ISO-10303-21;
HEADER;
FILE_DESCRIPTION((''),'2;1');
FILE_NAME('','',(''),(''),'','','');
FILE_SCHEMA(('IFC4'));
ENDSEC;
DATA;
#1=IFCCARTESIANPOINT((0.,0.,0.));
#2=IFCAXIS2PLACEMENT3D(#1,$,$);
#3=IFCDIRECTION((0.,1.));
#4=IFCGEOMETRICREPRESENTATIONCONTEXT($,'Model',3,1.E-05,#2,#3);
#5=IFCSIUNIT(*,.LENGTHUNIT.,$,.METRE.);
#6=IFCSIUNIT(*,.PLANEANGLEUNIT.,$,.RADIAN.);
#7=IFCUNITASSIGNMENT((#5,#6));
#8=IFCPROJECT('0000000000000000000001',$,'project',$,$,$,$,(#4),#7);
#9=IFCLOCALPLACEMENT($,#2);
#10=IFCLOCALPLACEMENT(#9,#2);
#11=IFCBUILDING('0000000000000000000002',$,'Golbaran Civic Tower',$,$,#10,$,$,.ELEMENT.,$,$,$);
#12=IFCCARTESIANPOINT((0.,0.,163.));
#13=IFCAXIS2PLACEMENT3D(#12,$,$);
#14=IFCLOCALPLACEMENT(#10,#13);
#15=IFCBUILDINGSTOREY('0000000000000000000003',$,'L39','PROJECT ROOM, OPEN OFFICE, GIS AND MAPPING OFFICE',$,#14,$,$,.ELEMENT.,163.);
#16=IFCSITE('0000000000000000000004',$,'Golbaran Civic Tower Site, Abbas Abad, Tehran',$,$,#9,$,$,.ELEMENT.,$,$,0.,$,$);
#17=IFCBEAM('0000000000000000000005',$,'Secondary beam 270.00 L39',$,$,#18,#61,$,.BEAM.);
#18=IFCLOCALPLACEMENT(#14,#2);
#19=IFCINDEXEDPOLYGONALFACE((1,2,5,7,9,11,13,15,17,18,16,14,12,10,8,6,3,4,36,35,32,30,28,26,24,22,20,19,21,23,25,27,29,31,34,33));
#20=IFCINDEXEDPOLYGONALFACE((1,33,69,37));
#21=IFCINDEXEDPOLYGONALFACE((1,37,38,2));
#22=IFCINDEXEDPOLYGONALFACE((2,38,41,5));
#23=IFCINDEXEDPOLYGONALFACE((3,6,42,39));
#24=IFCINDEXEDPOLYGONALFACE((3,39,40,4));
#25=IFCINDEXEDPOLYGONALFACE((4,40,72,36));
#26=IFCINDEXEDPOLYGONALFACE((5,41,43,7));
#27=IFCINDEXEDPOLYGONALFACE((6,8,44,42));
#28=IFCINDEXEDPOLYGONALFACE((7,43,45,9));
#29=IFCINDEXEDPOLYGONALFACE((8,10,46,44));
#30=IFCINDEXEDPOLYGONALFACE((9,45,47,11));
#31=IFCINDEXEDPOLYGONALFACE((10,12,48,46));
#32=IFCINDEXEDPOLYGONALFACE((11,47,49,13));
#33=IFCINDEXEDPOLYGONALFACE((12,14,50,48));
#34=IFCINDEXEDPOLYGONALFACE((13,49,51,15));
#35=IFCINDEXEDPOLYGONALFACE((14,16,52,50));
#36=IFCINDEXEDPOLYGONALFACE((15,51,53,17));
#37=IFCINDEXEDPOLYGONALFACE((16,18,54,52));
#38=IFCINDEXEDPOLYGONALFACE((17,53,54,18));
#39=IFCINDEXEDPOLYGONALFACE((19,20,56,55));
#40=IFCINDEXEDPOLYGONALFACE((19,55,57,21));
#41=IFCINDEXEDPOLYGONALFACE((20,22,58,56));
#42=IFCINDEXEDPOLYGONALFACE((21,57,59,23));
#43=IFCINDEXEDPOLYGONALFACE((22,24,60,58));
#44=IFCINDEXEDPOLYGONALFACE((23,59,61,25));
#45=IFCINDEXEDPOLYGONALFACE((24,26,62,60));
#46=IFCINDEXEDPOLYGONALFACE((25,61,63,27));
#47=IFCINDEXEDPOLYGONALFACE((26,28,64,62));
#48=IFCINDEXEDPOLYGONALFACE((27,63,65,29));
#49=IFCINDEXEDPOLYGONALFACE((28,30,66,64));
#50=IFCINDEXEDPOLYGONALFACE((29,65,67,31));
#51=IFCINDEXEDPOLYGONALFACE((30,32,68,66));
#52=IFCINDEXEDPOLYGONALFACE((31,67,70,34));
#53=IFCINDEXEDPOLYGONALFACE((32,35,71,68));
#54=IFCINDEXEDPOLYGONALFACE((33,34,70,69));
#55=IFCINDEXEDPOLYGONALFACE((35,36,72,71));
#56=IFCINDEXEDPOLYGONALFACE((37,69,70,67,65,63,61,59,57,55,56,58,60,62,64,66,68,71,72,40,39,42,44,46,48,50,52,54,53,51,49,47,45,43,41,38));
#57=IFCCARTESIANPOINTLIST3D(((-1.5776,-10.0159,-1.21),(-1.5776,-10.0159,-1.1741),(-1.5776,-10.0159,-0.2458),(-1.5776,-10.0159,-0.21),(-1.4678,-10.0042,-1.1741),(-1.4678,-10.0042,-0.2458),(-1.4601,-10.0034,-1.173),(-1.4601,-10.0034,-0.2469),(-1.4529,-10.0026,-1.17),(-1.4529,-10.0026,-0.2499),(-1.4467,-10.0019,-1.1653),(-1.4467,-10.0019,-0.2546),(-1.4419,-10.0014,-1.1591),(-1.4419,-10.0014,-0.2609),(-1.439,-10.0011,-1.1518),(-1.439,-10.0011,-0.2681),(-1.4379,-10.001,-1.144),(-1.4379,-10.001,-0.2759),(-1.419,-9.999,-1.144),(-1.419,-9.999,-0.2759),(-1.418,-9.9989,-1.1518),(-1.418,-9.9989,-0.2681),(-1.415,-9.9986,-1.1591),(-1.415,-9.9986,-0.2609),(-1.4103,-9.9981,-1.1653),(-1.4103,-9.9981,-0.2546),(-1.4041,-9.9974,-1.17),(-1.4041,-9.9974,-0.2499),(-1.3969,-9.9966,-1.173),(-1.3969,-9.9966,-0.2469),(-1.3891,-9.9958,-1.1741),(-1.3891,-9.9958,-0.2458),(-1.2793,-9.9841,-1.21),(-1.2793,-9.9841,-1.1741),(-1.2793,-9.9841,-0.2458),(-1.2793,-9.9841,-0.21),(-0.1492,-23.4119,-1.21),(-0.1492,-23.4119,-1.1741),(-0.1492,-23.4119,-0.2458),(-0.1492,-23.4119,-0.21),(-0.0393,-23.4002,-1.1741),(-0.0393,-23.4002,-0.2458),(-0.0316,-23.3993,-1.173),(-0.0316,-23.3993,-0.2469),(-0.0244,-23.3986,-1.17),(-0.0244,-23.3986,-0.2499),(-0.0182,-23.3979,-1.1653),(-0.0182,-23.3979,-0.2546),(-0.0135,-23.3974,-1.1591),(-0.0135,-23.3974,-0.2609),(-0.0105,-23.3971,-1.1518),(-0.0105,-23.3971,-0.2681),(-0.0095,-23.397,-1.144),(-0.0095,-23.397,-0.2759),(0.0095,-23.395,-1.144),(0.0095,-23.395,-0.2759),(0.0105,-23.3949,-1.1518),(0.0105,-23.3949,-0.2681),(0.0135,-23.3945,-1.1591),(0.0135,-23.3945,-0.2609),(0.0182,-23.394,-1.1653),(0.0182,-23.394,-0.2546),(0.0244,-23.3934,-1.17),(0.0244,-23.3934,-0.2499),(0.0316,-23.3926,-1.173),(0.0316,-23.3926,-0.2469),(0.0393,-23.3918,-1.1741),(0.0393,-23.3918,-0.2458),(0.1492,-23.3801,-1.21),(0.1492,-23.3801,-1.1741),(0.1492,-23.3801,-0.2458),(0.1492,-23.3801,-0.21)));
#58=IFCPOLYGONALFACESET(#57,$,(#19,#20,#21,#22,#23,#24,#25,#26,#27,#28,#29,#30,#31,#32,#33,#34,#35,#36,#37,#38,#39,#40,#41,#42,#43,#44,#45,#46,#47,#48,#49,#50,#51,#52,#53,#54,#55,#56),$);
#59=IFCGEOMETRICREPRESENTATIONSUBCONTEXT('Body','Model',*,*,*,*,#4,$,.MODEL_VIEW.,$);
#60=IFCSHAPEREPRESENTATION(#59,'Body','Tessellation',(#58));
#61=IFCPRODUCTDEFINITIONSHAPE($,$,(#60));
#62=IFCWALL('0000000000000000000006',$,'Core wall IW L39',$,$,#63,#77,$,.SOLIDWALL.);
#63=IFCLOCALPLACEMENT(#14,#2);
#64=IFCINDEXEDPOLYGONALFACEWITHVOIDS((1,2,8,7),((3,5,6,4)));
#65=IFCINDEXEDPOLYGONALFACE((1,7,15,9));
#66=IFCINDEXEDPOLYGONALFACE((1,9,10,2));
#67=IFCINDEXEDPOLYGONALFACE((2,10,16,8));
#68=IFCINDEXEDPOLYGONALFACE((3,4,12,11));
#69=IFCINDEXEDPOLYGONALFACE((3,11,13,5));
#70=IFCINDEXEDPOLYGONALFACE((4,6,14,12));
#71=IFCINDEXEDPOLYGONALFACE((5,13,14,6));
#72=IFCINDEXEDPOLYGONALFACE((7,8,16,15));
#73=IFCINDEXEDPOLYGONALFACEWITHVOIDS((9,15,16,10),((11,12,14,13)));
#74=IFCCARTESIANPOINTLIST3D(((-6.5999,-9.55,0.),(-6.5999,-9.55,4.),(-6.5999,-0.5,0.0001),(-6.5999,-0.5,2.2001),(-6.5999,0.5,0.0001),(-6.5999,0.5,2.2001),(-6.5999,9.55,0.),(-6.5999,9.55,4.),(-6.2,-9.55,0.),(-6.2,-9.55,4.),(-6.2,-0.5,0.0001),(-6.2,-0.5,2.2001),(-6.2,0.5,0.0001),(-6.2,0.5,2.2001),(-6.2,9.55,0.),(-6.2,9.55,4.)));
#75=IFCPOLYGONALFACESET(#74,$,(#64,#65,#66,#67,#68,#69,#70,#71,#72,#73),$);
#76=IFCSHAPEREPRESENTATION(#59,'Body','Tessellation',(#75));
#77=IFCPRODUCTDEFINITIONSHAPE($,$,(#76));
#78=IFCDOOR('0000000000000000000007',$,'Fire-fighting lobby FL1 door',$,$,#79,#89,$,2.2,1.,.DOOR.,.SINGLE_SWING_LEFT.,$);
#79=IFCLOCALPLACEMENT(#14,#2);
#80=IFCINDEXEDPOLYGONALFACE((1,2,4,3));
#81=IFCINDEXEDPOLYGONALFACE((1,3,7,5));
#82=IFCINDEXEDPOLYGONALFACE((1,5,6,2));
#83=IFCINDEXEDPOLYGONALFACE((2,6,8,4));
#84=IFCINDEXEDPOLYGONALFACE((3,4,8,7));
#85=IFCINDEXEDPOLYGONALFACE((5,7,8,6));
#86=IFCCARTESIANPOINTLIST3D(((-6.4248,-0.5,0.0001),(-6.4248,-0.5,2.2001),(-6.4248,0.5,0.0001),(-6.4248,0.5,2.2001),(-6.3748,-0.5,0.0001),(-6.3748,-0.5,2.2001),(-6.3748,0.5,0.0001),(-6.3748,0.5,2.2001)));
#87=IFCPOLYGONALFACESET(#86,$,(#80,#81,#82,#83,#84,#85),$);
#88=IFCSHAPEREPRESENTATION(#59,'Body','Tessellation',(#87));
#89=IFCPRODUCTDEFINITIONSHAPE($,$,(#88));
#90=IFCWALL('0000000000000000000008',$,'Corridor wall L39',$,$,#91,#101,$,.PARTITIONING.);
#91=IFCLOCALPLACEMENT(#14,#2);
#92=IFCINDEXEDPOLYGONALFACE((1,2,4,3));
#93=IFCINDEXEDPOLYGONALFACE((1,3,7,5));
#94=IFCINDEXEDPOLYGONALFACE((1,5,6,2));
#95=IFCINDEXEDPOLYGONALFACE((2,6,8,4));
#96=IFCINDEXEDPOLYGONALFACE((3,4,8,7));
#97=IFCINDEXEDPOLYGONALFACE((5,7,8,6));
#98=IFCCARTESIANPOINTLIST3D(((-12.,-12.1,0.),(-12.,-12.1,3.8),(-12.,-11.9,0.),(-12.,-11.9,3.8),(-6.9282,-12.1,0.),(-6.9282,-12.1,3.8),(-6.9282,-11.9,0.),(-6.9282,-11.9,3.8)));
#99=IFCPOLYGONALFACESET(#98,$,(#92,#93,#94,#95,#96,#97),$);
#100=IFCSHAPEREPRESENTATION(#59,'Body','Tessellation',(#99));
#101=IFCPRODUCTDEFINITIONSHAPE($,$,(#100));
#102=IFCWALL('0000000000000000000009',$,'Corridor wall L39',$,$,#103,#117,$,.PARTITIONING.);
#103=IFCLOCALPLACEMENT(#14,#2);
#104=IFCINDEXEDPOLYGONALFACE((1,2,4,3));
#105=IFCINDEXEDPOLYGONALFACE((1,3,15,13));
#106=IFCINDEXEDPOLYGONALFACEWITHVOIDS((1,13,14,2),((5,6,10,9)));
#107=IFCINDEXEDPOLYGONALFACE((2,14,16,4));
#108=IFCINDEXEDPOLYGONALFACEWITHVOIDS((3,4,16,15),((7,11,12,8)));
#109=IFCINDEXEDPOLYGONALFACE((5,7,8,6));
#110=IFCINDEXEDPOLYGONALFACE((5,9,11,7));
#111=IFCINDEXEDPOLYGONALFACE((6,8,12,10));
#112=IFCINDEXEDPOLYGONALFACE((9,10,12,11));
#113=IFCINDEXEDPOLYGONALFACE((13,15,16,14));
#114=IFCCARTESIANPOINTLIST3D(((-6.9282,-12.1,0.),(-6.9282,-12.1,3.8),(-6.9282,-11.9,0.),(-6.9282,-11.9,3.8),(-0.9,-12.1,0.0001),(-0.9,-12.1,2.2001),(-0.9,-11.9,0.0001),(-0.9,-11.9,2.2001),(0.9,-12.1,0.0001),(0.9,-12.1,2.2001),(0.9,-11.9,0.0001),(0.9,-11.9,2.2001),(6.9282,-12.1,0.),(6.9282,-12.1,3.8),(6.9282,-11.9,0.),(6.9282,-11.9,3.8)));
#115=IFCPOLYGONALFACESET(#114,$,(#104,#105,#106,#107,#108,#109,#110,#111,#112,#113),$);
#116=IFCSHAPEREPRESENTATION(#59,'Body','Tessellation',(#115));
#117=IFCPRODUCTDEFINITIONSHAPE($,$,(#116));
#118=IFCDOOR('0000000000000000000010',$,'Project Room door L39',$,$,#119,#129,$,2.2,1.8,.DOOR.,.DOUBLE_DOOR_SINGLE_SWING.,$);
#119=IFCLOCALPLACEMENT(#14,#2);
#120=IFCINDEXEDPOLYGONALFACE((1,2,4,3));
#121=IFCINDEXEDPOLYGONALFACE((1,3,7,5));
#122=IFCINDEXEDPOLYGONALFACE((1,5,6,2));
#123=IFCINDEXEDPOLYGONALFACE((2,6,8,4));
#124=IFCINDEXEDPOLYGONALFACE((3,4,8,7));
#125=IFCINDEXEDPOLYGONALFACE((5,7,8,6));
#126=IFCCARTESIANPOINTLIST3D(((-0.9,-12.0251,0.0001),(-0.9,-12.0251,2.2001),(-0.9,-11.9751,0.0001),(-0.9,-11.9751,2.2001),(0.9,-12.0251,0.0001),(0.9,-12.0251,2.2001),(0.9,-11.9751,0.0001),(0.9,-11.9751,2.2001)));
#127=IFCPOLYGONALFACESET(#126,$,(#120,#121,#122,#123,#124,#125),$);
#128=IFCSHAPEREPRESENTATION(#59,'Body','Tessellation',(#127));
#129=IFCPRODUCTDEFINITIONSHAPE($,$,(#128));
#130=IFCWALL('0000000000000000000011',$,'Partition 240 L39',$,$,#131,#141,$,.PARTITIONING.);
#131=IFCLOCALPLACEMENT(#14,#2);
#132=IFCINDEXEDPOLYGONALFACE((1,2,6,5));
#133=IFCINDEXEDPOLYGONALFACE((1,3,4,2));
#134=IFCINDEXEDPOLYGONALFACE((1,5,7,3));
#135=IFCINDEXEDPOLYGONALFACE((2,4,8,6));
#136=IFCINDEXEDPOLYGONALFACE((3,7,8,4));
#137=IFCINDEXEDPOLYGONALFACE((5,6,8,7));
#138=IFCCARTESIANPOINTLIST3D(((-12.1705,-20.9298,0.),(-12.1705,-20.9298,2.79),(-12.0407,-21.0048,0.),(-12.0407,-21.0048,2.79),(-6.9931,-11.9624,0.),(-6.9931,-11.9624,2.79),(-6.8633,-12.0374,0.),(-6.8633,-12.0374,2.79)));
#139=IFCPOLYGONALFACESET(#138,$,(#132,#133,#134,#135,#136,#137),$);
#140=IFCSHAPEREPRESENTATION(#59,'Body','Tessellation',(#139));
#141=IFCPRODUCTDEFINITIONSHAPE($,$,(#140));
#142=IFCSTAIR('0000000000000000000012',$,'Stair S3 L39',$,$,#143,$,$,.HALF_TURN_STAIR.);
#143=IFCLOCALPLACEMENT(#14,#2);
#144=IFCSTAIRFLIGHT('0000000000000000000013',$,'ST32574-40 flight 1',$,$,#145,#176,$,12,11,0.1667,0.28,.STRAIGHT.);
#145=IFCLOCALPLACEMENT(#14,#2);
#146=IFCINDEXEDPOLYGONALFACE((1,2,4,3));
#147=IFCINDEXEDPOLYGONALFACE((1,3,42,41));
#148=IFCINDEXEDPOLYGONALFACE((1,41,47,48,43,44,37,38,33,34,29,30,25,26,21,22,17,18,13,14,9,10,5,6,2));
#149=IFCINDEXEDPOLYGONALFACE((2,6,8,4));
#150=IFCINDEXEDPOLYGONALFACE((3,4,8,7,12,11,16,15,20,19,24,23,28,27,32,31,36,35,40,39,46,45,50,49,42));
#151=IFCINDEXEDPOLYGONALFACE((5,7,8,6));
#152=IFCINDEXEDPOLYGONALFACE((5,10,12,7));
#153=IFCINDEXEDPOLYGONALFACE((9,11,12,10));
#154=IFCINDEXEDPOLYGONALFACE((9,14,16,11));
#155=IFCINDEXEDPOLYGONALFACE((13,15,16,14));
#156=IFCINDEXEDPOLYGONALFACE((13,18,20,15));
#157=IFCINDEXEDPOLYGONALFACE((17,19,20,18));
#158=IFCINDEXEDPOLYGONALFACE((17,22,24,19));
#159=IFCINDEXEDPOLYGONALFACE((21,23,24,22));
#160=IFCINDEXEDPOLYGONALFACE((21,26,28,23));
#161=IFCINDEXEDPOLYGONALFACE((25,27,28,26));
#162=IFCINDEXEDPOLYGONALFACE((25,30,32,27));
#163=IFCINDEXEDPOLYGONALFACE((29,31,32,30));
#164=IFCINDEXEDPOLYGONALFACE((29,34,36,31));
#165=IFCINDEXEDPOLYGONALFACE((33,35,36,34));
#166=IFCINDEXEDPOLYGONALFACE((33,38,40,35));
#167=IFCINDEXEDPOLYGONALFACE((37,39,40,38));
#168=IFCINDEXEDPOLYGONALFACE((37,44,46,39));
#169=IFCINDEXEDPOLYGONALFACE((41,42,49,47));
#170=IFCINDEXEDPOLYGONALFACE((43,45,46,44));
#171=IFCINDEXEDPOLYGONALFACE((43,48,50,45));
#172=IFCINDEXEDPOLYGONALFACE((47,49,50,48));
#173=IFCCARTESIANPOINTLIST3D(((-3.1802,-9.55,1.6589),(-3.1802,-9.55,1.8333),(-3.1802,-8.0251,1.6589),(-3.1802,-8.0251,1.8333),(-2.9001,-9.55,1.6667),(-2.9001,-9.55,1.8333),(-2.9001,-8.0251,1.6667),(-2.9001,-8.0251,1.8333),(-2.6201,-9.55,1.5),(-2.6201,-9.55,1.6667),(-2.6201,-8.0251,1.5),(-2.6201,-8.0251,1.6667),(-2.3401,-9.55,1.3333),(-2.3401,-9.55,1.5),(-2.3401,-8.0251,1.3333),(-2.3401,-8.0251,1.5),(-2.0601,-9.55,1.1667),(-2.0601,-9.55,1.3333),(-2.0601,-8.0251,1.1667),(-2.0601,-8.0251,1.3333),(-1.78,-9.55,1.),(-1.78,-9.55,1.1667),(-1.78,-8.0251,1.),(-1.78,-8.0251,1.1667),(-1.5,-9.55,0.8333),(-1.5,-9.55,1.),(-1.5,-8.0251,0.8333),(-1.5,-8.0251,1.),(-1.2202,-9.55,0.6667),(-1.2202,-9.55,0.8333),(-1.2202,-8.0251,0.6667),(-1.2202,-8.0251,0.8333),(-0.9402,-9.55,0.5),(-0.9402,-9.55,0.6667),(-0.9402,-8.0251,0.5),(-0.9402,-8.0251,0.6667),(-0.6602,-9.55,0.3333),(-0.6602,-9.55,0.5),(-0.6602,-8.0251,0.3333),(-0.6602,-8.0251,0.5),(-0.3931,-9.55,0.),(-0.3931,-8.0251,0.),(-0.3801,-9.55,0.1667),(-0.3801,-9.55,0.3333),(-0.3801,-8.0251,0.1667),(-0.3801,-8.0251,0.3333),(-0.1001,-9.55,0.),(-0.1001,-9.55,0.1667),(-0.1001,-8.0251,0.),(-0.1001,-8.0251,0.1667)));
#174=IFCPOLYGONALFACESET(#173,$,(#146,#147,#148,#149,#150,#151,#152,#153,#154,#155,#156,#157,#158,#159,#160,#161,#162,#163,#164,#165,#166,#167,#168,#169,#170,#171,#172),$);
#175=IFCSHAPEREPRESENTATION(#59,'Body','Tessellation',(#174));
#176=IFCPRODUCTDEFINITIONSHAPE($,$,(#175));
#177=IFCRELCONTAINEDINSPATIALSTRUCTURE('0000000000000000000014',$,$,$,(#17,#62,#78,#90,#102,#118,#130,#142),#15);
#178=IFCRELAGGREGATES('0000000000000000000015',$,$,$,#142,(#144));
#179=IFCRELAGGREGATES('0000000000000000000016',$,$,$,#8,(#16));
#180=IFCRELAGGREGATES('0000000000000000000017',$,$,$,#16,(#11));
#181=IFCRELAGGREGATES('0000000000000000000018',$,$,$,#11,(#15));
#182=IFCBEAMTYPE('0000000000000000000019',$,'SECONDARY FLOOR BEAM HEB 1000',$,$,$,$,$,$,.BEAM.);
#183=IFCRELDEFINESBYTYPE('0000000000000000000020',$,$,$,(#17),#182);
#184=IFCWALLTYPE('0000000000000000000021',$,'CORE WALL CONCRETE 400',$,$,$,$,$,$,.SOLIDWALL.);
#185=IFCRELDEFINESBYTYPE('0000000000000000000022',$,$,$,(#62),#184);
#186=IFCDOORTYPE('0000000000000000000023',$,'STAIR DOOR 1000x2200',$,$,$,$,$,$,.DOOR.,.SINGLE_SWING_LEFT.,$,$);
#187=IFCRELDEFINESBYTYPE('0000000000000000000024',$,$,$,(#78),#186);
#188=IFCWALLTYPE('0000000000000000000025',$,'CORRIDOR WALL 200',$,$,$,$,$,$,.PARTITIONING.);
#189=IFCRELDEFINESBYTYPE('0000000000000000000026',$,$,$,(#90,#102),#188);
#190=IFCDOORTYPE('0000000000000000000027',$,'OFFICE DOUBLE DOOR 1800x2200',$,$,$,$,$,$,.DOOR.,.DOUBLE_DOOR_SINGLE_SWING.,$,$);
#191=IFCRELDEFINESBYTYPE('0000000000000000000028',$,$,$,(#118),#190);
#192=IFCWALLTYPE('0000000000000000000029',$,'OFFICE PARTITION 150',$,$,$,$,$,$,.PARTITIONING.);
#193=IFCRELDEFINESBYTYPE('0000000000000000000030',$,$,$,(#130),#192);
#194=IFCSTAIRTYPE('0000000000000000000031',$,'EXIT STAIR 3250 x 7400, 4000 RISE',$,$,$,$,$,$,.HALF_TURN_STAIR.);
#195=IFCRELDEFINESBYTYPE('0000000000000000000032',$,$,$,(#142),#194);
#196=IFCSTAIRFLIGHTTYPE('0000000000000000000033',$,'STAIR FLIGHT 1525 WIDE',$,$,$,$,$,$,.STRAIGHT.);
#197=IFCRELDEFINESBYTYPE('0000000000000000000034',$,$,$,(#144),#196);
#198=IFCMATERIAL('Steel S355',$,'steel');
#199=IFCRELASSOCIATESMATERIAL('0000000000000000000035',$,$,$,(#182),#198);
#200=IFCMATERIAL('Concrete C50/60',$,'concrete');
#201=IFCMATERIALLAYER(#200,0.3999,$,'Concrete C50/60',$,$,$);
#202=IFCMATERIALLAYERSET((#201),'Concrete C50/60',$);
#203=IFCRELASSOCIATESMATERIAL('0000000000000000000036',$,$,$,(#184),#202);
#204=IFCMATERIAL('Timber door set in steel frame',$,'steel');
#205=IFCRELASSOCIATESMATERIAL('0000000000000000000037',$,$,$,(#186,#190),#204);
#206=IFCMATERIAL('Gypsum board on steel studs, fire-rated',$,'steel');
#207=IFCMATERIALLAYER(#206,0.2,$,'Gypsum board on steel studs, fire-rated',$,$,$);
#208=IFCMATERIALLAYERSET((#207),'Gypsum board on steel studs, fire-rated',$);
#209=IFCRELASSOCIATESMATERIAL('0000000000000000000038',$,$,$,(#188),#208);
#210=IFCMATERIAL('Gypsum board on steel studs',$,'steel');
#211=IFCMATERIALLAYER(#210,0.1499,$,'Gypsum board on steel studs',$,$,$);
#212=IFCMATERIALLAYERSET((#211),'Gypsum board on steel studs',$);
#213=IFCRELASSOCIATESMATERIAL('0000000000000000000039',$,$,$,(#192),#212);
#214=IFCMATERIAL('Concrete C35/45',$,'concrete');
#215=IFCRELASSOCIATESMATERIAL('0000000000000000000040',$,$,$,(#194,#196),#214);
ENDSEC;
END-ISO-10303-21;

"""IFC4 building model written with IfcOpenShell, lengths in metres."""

from ifc_helpers import new_model, si_unit, direction, frame, frame_2d, origin, origin_2d, place, context, subcontext, project, spatial, polyline, rectangle, i_section, outline, extrude, material, layer, layer_set, material_profile, profile_set, type_object, element, fill, aggregate, save


model = new_model("IFC4")

# Units and contexts
model_context = context("Model", 3, precision=1e-05, world=origin(), true_north=direction((0.0, 1.0)))
body_context = subcontext(model_context, "Body", "Model", "MODEL_VIEW")
ifc_project = project(units=[si_unit("LENGTHUNIT", "METRE"), si_unit("PLANEANGLEUNIT", "RADIAN")], contexts=[model_context])

# Site, building, storey
site_placement = place(None, origin())
site = spatial("IfcSite", under=ifc_project, at=site_placement, Name="Golbaran Civic Tower Site, Abbas Abad, Tehran", CompositionType="ELEMENT", RefElevation=0.0)
building_placement = place(site_placement, origin())
building = spatial("IfcBuilding", under=site, at=building_placement, Name="Golbaran Civic Tower", CompositionType="ELEMENT")
storey_placement = place(building_placement, frame((0.0, 0.0, 163.0)))
storey = spatial("IfcBuildingStorey", under=building, at=storey_placement, Name="L39", Description="PROJECT ROOM, OPEN OFFICE, GIS AND MAPPING OFFICE", CompositionType="ELEMENT", Elevation=163.0)

# Beam
ifc_material_1 = material(Name="Steel S355", Category="steel")
ifc_material_profile_1 = material_profile(ifc_material_1, i_section(OverallWidth=0.3, OverallDepth=1.0, WebThickness=0.019, FlangeThickness=0.0359, FilletRadius=0.03, at=origin_2d()), Name="HEB 1000")
ifc_profile_set_1 = profile_set([ifc_material_profile_1], Name="Steel S355")
beam_type_1 = type_object("IfcBeamType", Name="SECONDARY FLOOR BEAM HEB 1000", PredefinedType="BEAM", material=ifc_profile_set_1)
beam_1_placement = place(storey_placement, frame((-1.4285, -10.0, -0.71), z_axis=(0.106033, -0.994363, 0.0), x_axis=(0.994363, 0.106033, 0.0)))
element("IfcBeam", 1, at=beam_1_placement, inside=storey, type_object=beam_type_1, Name="Secondary beam 270.00 L39", PredefinedType="BEAM", context=body_context, shape_type="SweptSolid", body=[
    extrude(i_section(OverallWidth=0.3, OverallDepth=1.0, WebThickness=0.019, FlangeThickness=0.0359, FilletRadius=0.03, at=origin_2d()), origin(), (0.0, 0.0, 1.0), 13.4719),
])

# Wall, opening, door
ifc_material_2 = material(Name="Concrete C50/60", Category="concrete")
ifc_layer_1 = layer(ifc_material_2, 0.3999, Name="Concrete C50/60")
ifc_layer_set_1 = layer_set([ifc_layer_1], Name="Concrete C50/60")
wall_type_1 = type_object("IfcWallType", Name="CORE WALL CONCRETE 400", PredefinedType="SOLIDWALL", material=ifc_layer_set_1)
wall_1_placement = place(storey_placement, frame((-6.3999, -9.55, 0.0), z_axis=(0.0, 0.0, 1.0), x_axis=(0.0, 1.0, 0.0)))
wall_1 = element("IfcWall", 2, at=wall_1_placement, inside=storey, type_object=wall_type_1, Name="Core wall IW L39", PredefinedType="SOLIDWALL", context=body_context, shape_type="SweptSolid", body=[
    extrude(rectangle(XDim=19.1001, YDim=0.3999, at=frame_2d((9.55, 0.0))), origin(), (0.0, 0.0, 1.0), 4.0),
])
opening_1_placement = place(wall_1_placement, frame((9.05, 0.0, 0.0)))
opening_1 = element("IfcOpeningElement", 3, at=opening_1_placement, cuts=wall_1, PredefinedType="OPENING", context=body_context, shape_type="SweptSolid", body=[
    extrude(rectangle(XDim=1.0, YDim=2.2, at=frame_2d((0.5, 1.1001))), frame((0.0, 0.21, 0.0), z_axis=(0.0, -1.0, 0.0), x_axis=(1.0, 0.0, 0.0)), (0.0, 0.0, 1.0), 0.4199),
])
ifc_material_3 = material(Name="Timber door set in steel frame", Category="steel")
door_type_1 = type_object("IfcDoorType", Name="STAIR DOOR 1000x2200", OperationType="SINGLE_SWING_LEFT", PredefinedType="DOOR", material=ifc_material_3)
door_1_placement = place(opening_1_placement, origin())
door_1 = element("IfcDoor", 4, at=door_1_placement, inside=storey, type_object=door_type_1, Name="Fire-fighting lobby FL1 door", OperationType="SINGLE_SWING_LEFT", OverallHeight=2.2, OverallWidth=1.0, PredefinedType="DOOR", context=body_context, shape_type="SweptSolid", body=[
    extrude(rectangle(XDim=1.0, YDim=2.2, at=frame_2d((0.5, 1.1001))), frame((0.0, 0.0249, 0.0), z_axis=(0.0, -1.0, 0.0), x_axis=(1.0, 0.0, 0.0)), (0.0, 0.0, 1.0), 0.05),
])
fill(opening_1, door_1)

# Wall
ifc_material_4 = material(Name="Gypsum board on steel studs, fire-rated", Category="steel")
ifc_layer_2 = layer(ifc_material_4, 0.2, Name="Gypsum board on steel studs, fire-rated")
ifc_layer_set_2 = layer_set([ifc_layer_2], Name="Gypsum board on steel studs, fire-rated")
wall_type_2 = type_object("IfcWallType", Name="CORRIDOR WALL 200", PredefinedType="PARTITIONING", material=ifc_layer_set_2)
wall_2_placement = place(storey_placement, frame((-12.0, -12.0, 0.0), z_axis=(0.0, 0.0, 1.0), x_axis=(1.0, 0.0, 0.0)))
element("IfcWall", 5, at=wall_2_placement, inside=storey, type_object=wall_type_2, Name="Corridor wall L39", PredefinedType="PARTITIONING", context=body_context, shape_type="SweptSolid", body=[
    extrude(rectangle(XDim=5.0718, YDim=0.2, at=frame_2d((2.5359, 0.0))), origin(), (0.0, 0.0, 1.0), 3.8),
])

# Wall, opening, door
wall_3_placement = place(storey_placement, frame((-6.9282, -12.0, 0.0), z_axis=(0.0, 0.0, 1.0), x_axis=(1.0, 0.0, 0.0)))
wall_3 = element("IfcWall", 6, at=wall_3_placement, inside=storey, type_object=wall_type_2, Name="Corridor wall L39", PredefinedType="PARTITIONING", context=body_context, shape_type="SweptSolid", body=[
    extrude(rectangle(XDim=13.8564, YDim=0.2, at=frame_2d((6.9282, 0.0))), origin(), (0.0, 0.0, 1.0), 3.8),
])
opening_2_placement = place(wall_3_placement, frame((6.0283, 0.0, 0.0)))
opening_2 = element("IfcOpeningElement", 7, at=opening_2_placement, cuts=wall_3, PredefinedType="OPENING", context=body_context, shape_type="SweptSolid", body=[
    extrude(rectangle(XDim=1.8, YDim=2.2, at=frame_2d((0.8999, 1.1001))), frame((0.0, 0.1099, 0.0), z_axis=(0.0, -1.0, 0.0), x_axis=(1.0, 0.0, 0.0)), (0.0, 0.0, 1.0), 0.22),
])
door_type_2 = type_object("IfcDoorType", Name="OFFICE DOUBLE DOOR 1800x2200", OperationType="DOUBLE_DOOR_SINGLE_SWING", PredefinedType="DOOR", material=ifc_material_3)
door_2_placement = place(opening_2_placement, origin())
door_2 = element("IfcDoor", 8, at=door_2_placement, inside=storey, type_object=door_type_2, Name="Project Room door L39", OperationType="DOUBLE_DOOR_SINGLE_SWING", OverallHeight=2.2, OverallWidth=1.8, PredefinedType="DOOR", context=body_context, shape_type="SweptSolid", body=[
    extrude(rectangle(XDim=1.8, YDim=2.2, at=frame_2d((0.8999, 1.1001))), frame((0.0, 0.0249, 0.0), z_axis=(0.0, -1.0, 0.0), x_axis=(1.0, 0.0, 0.0)), (0.0, 0.0, 1.0), 0.05),
])
fill(opening_2, door_2)

# Wall
ifc_material_5 = material(Name="Gypsum board on steel studs", Category="steel")
ifc_layer_3 = layer(ifc_material_5, 0.1499, Name="Gypsum board on steel studs")
ifc_layer_set_3 = layer_set([ifc_layer_3], Name="Gypsum board on steel studs")
wall_type_3 = type_object("IfcWallType", Name="OFFICE PARTITION 150", PredefinedType="PARTITIONING", material=ifc_layer_set_3)
wall_4_placement = place(storey_placement, frame((-6.9282, -12.0, 0.0), z_axis=(0.0, 0.0, 1.0), x_axis=(-0.500006, -0.866022, 0.0)))
element("IfcWall", 9, at=wall_4_placement, inside=storey, type_object=wall_type_3, Name="Partition 240 L39", PredefinedType="PARTITIONING", context=body_context, shape_type="SweptSolid", body=[
    extrude(rectangle(XDim=10.3547, YDim=0.1499, at=frame_2d((5.1772, 0.0))), origin(), (0.0, 0.0, 1.0), 2.79),
])

# Stair, stair flight
ifc_material_6 = material(Name="Concrete C35/45", Category="concrete")
stair_type = type_object("IfcStairType", Name="EXIT STAIR 3250 x 7400, 4000 RISE", PredefinedType="HALF_TURN_STAIR", material=ifc_material_6)
stair_placement = place(storey_placement, origin())
stair = element("IfcStair", 10, at=stair_placement, inside=storey, type_object=stair_type, Name="Stair S3 L39", PredefinedType="HALF_TURN_STAIR")
stair_flight_type = type_object("IfcStairFlightType", Name="STAIR FLIGHT 1525 WIDE", PredefinedType="STRAIGHT", material=ifc_material_6)
stair_flight_placement = place(storey_placement, frame((-0.1001, -8.7876, 0.0), z_axis=(0.0, 0.0, 1.0), x_axis=(-1.0, 0.0, 0.0)))
stair_flight = element("IfcStairFlight", 11, at=stair_flight_placement, type_object=stair_flight_type, Name="ST32574-40 flight 1", NumberOfRisers=12, NumberOfTreads=11, PredefinedType="STRAIGHT", RiserHeight=0.1667, TreadLength=0.28, context=body_context, shape_type="SweptSolid", body=[
    extrude(outline(polyline([(0.0, 0.0), (0.0, 0.1667), (0.28, 0.1667), (0.28, 0.3333), (0.5601, 0.3333), (0.5601, 0.5), (0.8401, 0.5), (0.8401, 0.6667), (1.1201, 0.6667), (1.1201, 0.8333), (1.3999, 0.8333), (1.3999, 1.0), (1.6799, 1.0), (1.6799, 1.1667), (1.96, 1.1667), (1.96, 1.3333), (2.24, 1.3333), (2.24, 1.5), (2.52, 1.5), (2.52, 1.6667), (2.8, 1.6667), (2.8, 1.8333), (3.0801, 1.8333), (3.0801, 2.0), (3.0801, 1.6589), (0.293, 0.0), (0.0, 0.0)])), frame((0.0, 0.7625, 0.0), z_axis=(0.0, -1.0, 0.0), x_axis=(1.0, 0.0, 0.0)), (0.0, 0.0, 1.0), 1.5249),
])
aggregate(stair, [stair_flight])

save(model, "model.ifc")
